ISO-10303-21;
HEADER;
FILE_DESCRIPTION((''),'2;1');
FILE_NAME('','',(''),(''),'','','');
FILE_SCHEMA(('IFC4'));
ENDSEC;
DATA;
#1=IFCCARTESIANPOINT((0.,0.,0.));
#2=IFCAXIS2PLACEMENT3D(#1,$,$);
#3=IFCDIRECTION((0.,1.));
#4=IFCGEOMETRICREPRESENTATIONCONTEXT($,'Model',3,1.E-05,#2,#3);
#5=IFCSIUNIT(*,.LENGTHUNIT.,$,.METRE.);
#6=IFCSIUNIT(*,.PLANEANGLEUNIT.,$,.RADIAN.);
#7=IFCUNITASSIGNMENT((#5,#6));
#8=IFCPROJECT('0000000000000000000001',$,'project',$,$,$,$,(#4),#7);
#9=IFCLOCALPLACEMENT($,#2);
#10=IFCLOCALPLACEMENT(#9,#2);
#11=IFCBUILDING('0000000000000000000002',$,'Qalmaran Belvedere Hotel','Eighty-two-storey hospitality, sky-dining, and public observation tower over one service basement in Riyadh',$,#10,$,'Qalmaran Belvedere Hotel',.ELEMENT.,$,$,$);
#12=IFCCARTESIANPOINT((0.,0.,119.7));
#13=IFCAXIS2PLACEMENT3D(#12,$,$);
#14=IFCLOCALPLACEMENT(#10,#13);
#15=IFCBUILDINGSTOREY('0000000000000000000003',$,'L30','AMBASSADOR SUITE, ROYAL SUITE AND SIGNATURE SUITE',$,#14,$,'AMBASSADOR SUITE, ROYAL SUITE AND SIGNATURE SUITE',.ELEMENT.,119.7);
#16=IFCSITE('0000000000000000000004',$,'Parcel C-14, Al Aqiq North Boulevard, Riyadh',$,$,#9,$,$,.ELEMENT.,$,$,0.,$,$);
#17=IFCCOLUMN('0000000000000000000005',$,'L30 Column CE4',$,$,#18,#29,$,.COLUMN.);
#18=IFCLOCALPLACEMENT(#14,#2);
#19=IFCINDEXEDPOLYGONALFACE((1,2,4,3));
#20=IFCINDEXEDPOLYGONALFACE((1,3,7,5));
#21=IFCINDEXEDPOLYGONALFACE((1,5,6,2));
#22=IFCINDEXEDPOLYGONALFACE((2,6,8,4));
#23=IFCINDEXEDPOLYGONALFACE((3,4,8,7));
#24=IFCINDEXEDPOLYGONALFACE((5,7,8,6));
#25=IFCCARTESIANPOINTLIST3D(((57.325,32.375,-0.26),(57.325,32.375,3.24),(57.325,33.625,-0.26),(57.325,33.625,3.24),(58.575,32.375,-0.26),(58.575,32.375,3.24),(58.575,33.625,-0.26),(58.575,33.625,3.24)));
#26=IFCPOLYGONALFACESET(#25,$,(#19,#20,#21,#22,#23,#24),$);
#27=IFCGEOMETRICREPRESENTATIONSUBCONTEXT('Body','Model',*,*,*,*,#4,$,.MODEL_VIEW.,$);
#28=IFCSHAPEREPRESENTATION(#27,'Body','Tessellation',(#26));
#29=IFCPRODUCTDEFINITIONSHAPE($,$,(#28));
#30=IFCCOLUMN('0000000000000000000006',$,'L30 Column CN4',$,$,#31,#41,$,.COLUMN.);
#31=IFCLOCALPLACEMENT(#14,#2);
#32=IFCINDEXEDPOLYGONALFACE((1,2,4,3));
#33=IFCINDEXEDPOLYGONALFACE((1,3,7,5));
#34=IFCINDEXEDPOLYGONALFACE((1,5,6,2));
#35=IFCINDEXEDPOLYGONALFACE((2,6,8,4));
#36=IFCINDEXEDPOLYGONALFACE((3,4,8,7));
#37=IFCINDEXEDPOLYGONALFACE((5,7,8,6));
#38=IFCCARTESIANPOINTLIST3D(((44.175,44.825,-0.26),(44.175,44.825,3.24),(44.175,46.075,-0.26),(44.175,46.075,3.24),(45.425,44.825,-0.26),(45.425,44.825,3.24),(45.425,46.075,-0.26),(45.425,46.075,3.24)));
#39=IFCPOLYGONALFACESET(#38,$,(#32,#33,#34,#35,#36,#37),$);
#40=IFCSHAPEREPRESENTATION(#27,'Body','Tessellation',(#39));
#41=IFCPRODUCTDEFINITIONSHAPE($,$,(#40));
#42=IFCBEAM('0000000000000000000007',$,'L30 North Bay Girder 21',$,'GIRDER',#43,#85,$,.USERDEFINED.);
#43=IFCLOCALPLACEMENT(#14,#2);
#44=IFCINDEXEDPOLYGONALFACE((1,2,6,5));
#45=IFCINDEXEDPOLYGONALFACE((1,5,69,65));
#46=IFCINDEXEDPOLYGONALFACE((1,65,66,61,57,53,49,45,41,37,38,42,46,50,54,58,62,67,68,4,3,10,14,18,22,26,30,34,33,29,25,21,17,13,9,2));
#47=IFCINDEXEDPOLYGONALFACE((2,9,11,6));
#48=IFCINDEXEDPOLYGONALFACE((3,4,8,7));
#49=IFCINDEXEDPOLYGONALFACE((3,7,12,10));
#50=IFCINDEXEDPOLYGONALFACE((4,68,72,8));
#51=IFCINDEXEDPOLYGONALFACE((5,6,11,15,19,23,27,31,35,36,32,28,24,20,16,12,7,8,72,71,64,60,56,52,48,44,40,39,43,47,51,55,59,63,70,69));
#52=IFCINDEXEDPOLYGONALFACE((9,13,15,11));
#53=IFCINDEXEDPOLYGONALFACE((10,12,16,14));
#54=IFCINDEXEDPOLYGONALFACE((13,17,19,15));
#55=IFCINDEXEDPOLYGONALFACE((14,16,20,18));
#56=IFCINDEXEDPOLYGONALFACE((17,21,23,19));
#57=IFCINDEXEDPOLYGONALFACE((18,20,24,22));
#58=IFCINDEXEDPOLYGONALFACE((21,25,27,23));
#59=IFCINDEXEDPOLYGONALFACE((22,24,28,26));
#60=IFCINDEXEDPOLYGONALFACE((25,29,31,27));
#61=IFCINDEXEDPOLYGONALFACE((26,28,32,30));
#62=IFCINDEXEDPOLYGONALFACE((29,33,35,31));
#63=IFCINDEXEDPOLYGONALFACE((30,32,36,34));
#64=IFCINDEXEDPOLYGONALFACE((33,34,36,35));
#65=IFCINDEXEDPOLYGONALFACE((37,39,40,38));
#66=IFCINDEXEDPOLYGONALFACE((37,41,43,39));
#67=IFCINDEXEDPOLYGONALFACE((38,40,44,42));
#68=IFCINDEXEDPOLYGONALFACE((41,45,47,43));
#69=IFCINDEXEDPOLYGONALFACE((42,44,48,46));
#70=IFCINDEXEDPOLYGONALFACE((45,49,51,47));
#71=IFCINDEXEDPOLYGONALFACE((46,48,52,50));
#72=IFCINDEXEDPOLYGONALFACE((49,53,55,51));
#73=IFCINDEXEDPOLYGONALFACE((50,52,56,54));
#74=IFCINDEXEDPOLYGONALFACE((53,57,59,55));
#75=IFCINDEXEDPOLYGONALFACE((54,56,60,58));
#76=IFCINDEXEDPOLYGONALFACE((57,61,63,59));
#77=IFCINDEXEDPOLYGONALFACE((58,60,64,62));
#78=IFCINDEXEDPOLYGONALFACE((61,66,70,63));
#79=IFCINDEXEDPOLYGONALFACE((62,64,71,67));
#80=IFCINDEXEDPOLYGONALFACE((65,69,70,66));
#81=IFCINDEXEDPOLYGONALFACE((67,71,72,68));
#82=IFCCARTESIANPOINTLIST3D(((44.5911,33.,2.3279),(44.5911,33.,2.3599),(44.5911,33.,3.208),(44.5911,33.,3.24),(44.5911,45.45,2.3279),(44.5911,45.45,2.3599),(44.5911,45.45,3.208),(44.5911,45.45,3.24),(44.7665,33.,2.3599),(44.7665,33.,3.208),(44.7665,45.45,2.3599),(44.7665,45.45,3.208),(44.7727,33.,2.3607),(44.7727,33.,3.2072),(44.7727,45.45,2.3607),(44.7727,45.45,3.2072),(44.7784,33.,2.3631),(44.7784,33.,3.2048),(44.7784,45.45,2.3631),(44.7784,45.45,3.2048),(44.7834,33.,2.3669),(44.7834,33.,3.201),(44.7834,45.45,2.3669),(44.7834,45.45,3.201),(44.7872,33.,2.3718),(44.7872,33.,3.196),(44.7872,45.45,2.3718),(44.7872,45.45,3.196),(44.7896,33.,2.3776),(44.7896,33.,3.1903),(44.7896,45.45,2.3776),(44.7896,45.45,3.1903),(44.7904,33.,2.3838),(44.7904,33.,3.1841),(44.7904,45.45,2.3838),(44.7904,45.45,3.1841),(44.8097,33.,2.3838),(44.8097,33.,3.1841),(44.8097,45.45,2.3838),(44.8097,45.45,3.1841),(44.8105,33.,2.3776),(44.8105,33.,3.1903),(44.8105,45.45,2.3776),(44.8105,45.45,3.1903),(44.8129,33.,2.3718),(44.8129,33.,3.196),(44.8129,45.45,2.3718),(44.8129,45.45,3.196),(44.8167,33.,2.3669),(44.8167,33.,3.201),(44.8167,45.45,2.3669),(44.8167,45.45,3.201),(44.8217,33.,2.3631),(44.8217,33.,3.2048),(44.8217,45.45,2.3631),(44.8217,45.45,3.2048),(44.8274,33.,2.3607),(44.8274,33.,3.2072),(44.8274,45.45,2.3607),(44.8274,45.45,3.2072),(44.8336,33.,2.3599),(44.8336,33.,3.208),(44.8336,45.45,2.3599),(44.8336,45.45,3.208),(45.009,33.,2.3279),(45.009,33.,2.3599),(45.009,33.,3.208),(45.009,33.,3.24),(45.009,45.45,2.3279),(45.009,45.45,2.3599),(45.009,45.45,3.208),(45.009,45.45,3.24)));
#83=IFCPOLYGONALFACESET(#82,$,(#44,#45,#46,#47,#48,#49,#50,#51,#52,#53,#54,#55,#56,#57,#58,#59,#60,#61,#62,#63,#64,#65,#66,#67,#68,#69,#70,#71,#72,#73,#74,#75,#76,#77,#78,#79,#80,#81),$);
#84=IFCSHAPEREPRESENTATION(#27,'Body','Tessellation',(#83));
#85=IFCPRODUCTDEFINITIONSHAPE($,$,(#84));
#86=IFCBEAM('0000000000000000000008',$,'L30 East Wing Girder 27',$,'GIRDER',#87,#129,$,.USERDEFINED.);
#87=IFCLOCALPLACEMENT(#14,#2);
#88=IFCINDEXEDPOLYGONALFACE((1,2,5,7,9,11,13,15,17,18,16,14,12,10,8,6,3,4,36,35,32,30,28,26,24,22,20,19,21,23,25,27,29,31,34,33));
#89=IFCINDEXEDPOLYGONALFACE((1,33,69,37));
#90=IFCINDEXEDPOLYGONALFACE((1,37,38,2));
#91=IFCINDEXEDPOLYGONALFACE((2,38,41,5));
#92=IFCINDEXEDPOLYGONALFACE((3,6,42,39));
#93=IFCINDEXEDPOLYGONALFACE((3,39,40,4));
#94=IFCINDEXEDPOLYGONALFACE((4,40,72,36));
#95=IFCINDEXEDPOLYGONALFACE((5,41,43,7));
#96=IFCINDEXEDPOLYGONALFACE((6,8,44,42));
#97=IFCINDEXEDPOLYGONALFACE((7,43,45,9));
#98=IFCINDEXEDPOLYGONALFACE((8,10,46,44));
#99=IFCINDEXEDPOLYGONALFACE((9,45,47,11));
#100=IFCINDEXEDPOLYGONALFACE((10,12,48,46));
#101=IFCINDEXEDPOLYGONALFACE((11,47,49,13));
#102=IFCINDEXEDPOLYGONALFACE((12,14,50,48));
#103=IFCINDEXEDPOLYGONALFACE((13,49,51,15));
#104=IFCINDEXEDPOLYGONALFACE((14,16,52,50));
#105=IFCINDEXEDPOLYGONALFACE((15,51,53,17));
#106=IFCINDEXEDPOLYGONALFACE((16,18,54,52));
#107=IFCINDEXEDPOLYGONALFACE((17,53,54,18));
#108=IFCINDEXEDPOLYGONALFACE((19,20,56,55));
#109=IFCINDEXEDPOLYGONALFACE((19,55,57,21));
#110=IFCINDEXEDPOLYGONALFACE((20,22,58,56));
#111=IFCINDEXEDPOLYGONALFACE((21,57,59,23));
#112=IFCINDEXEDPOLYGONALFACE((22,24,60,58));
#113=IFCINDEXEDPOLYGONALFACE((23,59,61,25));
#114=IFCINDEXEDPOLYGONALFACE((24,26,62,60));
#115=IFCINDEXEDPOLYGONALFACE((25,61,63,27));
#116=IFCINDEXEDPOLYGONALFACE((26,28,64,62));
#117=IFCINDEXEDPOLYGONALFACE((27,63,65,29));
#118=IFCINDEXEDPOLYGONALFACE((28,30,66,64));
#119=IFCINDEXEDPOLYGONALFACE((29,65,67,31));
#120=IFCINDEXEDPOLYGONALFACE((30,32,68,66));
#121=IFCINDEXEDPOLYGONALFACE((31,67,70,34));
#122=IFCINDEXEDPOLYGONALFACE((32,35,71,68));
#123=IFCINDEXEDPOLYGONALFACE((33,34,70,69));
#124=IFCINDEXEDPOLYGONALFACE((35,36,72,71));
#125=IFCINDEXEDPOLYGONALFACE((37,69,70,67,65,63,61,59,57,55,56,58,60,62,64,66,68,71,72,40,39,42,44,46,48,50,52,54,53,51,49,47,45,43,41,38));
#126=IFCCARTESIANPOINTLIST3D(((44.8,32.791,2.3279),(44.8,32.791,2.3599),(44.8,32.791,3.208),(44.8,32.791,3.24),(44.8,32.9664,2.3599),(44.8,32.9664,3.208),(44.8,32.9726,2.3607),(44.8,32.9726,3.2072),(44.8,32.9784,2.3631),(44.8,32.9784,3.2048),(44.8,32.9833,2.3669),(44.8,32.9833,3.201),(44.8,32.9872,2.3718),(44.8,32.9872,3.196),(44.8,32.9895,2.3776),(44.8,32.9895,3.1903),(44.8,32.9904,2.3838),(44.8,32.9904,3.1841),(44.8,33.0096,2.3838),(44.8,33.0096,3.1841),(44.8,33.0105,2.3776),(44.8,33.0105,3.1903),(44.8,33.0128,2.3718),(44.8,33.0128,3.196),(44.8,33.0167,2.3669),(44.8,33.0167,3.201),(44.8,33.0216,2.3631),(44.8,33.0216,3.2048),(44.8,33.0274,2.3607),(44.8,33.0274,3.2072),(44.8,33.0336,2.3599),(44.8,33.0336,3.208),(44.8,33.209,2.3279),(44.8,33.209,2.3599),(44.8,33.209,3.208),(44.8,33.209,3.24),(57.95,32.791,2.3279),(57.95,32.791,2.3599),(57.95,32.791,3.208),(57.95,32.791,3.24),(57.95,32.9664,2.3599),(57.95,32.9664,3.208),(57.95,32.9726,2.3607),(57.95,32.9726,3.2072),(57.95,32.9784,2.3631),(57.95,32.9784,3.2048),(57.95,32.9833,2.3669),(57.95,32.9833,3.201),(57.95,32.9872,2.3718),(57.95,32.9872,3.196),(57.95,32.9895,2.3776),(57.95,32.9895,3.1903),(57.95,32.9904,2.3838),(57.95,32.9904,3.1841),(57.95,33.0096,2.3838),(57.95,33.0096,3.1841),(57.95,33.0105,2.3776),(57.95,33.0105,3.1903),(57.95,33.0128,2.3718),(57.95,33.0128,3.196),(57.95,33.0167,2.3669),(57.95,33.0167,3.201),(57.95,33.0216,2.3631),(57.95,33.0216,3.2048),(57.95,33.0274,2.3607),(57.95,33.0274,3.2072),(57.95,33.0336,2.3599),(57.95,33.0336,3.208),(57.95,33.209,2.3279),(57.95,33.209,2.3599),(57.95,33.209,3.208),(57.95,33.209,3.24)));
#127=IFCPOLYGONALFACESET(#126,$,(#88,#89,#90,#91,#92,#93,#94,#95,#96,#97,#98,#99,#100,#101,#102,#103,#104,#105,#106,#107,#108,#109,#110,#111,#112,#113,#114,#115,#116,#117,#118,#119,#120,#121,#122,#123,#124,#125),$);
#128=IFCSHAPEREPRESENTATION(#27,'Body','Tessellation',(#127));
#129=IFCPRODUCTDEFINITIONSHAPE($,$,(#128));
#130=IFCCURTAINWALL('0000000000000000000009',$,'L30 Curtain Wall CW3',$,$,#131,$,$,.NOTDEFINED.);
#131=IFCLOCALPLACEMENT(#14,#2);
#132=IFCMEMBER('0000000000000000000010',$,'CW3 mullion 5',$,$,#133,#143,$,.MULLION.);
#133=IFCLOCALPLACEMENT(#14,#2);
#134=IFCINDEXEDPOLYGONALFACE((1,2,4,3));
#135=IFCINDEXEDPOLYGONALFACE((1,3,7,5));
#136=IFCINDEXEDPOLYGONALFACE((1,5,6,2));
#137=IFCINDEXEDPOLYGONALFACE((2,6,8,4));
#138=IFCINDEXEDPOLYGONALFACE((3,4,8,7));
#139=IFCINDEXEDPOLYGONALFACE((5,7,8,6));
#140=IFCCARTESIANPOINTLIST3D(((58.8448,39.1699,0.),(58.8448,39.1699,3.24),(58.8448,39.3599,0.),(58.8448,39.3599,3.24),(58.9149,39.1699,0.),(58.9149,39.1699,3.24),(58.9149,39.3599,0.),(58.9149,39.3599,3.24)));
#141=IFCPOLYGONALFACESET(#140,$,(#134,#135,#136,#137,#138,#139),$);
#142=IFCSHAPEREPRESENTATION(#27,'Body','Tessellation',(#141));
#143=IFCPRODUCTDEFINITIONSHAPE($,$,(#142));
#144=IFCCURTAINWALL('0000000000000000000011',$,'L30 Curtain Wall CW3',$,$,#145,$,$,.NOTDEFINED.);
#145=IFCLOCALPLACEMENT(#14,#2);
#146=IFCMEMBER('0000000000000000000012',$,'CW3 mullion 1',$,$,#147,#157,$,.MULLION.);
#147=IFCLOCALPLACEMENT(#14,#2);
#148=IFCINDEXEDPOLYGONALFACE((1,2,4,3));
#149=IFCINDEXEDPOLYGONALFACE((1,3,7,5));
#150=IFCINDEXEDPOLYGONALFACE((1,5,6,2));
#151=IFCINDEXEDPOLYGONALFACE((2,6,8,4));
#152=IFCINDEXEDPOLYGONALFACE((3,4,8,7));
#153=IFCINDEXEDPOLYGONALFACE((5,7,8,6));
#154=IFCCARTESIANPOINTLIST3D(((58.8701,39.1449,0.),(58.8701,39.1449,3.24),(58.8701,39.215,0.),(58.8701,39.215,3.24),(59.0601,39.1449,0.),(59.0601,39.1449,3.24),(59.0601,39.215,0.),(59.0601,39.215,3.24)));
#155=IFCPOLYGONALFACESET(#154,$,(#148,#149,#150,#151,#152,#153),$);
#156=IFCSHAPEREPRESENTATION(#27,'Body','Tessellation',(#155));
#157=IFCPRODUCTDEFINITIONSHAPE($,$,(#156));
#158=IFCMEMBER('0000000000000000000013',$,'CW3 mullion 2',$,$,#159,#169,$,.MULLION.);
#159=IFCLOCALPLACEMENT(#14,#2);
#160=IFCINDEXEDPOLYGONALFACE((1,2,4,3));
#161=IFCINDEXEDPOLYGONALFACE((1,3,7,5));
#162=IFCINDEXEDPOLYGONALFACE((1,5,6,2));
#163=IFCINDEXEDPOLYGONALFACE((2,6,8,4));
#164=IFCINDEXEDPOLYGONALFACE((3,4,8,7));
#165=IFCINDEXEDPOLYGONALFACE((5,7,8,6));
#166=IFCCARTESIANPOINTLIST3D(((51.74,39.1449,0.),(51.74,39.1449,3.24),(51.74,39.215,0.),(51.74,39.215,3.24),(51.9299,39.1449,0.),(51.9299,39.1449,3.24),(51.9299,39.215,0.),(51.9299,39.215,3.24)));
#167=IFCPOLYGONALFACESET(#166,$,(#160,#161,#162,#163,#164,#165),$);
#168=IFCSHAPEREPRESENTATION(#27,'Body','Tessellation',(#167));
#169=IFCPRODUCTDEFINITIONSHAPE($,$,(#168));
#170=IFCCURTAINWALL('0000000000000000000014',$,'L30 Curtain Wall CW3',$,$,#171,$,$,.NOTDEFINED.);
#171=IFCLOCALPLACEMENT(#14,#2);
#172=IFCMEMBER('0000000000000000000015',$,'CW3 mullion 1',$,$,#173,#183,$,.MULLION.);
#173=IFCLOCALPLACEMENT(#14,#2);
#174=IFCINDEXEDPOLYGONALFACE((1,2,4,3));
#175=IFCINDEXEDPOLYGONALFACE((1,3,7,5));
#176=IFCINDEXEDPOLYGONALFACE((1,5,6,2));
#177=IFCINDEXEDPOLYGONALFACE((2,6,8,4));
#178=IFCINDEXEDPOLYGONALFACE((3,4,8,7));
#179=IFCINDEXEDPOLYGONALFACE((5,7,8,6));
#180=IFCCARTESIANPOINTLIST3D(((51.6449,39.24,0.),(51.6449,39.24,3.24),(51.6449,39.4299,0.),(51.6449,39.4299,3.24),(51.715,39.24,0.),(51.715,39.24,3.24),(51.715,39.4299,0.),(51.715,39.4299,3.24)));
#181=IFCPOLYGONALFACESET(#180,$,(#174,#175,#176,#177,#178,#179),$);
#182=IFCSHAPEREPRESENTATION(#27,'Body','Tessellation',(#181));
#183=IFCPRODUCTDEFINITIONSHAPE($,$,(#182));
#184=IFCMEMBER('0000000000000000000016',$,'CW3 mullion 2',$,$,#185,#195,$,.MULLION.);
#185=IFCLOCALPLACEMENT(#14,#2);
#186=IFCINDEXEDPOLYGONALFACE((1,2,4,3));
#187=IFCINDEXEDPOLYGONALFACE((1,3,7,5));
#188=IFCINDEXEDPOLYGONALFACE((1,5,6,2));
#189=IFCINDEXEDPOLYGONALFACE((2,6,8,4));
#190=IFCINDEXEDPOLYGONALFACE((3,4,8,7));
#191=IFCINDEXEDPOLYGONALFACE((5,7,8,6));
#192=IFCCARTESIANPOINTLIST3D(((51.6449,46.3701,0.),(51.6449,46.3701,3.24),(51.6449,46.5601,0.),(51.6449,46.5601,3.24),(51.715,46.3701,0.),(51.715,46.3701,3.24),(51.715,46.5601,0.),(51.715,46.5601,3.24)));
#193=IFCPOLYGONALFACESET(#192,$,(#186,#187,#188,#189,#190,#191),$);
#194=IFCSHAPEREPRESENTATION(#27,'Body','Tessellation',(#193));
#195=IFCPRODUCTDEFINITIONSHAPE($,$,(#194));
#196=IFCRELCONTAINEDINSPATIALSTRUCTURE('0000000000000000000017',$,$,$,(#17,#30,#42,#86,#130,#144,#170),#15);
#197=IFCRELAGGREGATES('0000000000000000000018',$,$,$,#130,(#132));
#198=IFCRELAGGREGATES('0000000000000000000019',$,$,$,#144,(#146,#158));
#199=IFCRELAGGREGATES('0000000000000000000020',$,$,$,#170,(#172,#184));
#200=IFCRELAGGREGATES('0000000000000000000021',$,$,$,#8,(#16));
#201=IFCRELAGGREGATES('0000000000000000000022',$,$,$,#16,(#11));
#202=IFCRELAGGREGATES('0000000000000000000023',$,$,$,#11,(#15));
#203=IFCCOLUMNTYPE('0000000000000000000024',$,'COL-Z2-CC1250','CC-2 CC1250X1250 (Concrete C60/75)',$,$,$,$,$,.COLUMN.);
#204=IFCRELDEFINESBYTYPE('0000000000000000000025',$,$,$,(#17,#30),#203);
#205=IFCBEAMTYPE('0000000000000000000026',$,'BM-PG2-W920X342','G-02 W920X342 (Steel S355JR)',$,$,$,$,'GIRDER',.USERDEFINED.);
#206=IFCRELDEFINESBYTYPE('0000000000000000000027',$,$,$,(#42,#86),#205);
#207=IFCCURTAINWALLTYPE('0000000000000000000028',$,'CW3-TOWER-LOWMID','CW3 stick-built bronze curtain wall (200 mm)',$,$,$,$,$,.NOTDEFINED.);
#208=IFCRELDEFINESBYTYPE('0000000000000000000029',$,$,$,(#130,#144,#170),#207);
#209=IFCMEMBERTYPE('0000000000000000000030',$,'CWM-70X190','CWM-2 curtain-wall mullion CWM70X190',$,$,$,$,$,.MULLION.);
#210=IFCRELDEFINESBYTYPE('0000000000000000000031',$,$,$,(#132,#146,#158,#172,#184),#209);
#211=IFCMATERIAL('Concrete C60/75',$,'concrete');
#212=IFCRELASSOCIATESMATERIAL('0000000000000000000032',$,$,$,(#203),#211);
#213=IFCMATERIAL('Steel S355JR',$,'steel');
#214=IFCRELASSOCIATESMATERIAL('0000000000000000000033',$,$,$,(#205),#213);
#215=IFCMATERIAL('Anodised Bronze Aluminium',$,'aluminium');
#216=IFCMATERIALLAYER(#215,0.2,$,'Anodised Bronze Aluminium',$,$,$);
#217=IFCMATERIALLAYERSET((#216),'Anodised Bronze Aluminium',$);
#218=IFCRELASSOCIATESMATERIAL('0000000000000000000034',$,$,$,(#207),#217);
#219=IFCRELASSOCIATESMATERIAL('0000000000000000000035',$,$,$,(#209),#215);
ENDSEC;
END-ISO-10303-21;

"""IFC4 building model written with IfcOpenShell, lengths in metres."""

from ifc_helpers import new_model, si_unit, direction, frame, origin, origin_2d, place, context, subcontext, project, spatial, rectangle, i_section, extrude, material, layer, layer_set, material_profile, profile_set, type_object, element, aggregate, save


model = new_model("IFC4")

# Units and contexts
model_context = context("Model", 3, precision=1e-05, world=origin(), true_north=direction((0.0, 1.0)))
body_context = subcontext(model_context, "Body", "Model", "MODEL_VIEW")
ifc_project = project(units=[si_unit("LENGTHUNIT", "METRE"), si_unit("PLANEANGLEUNIT", "RADIAN")], contexts=[model_context])

# Site, building, storey
site_placement = place(None, origin())
site = spatial("IfcSite", under=ifc_project, at=site_placement, Name="Parcel C-14, Al Aqiq North Boulevard, Riyadh", CompositionType="ELEMENT", RefElevation=0.0)
building_placement = place(site_placement, origin())
building = spatial("IfcBuilding", under=site, at=building_placement, Name="Qalmaran Belvedere Hotel", Description="Eighty-two-storey hospitality, sky-dining, and public observation tower over one service basement in Riyadh", LongName="Qalmaran Belvedere Hotel", CompositionType="ELEMENT")
storey_placement = place(building_placement, frame((0.0, 0.0, 119.7)))
storey = spatial("IfcBuildingStorey", under=building, at=storey_placement, Name="L30", Description="AMBASSADOR SUITE, ROYAL SUITE AND SIGNATURE SUITE", LongName="AMBASSADOR SUITE, ROYAL SUITE AND SIGNATURE SUITE", CompositionType="ELEMENT", Elevation=119.7)

# Columns
ifc_material_1 = material(Name="Concrete C60/75", Category="concrete")
ifc_material_profile_1 = material_profile(ifc_material_1, rectangle(XDim=1.25, YDim=1.25, at=origin_2d()), Name="CC1250X1250")
ifc_profile_set_1 = profile_set([ifc_material_profile_1], Name="Concrete C60/75")
column_type = type_object("IfcColumnType", Name="COL-Z2-CC1250", Description="CC-2 CC1250X1250 (Concrete C60/75)", PredefinedType="COLUMN", material=ifc_profile_set_1)
for number, where, z_axis, x_axis, name in (
    (1, (57.95, 33.0, -0.26), (0.0, 0.0, 1.0), (1.0, 0.0, 0.0), "L30 Column CE4"),
    (2, (44.8, 45.45, -0.26), (0.0, 0.0, 1.0), (1.0, 0.0, 0.0), "L30 Column CN4"),
):
    element("IfcColumn", number, at=place(storey_placement, frame(where, z_axis=z_axis, x_axis=x_axis)), inside=storey, type_object=column_type, Name=name, PredefinedType="COLUMN", context=body_context, shape_type="SweptSolid", body=[
        extrude(rectangle(XDim=1.25, YDim=1.25, at=origin_2d()), origin(), (0.0, 0.0, 1.0), 3.5),
    ])

# Beams
ifc_material_2 = material(Name="Steel S355JR", Category="steel")
ifc_material_profile_2 = material_profile(ifc_material_2, i_section(OverallWidth=0.418, OverallDepth=0.9121, WebThickness=0.0193, FlangeThickness=0.032, FilletRadius=0.0239, at=origin_2d()), Name="W920X342")
ifc_profile_set_2 = profile_set([ifc_material_profile_2], Name="Steel S355JR")
beam_type = type_object("IfcBeamType", Name="BM-PG2-W920X342", Description="G-02 W920X342 (Steel S355JR)", ElementType="GIRDER", PredefinedType="USERDEFINED", material=ifc_profile_set_2)
beam_1_placement = place(storey_placement, frame((44.8, 33.0, 2.7839), z_axis=(0.0, 1.0, 0.0), x_axis=(-1.0, 0.0, 0.0)))
element("IfcBeam", 3, at=beam_1_placement, inside=storey, type_object=beam_type, Name="L30 North Bay Girder 21", ObjectType="GIRDER", PredefinedType="USERDEFINED", context=body_context, shape_type="SweptSolid", body=[
    extrude(i_section(OverallWidth=0.418, OverallDepth=0.9121, WebThickness=0.0193, FlangeThickness=0.032, FilletRadius=0.0239, at=origin_2d()), origin(), (0.0, 0.0, 1.0), 12.45),
])
beam_2_placement = place(storey_placement, frame((44.8, 33.0, 2.7839), z_axis=(1.0, 0.0, 0.0), x_axis=(0.0, 1.0, 0.0)))
element("IfcBeam", 4, at=beam_2_placement, inside=storey, type_object=beam_type, Name="L30 East Wing Girder 27", ObjectType="GIRDER", PredefinedType="USERDEFINED", context=body_context, shape_type="SweptSolid", body=[
    extrude(i_section(OverallWidth=0.418, OverallDepth=0.9121, WebThickness=0.0193, FlangeThickness=0.032, FilletRadius=0.0239, at=origin_2d()), origin(), (0.0, 0.0, 1.0), 13.1499),
])

# Curtain wall, member
ifc_material_3 = material(Name="Anodised Bronze Aluminium", Category="aluminium")
ifc_layer_1 = layer(ifc_material_3, 0.2, Name="Anodised Bronze Aluminium")
ifc_layer_set_1 = layer_set([ifc_layer_1], Name="Anodised Bronze Aluminium")
curtain_wall_type = type_object("IfcCurtainWallType", Name="CW3-TOWER-LOWMID", Description="CW3 stick-built bronze curtain wall (200 mm)", PredefinedType="NOTDEFINED", material=ifc_layer_set_1)
curtain_wall_1_placement = place(storey_placement, origin())
curtain_wall_1 = element("IfcCurtainWall", 5, at=curtain_wall_1_placement, inside=storey, type_object=curtain_wall_type, Name="L30 Curtain Wall CW3", PredefinedType="NOTDEFINED")
ifc_material_profile_3 = material_profile(ifc_material_3, rectangle(XDim=0.0701, YDim=0.1899, at=origin_2d()), Name="CWM70X190")
ifc_profile_set_3 = profile_set([ifc_material_profile_3], Name="Anodised Bronze Aluminium")
member_type_1 = type_object("IfcMemberType", Name="CWM-70X190", Description="CWM-2 curtain-wall mullion CWM70X190", PredefinedType="MULLION", material=ifc_profile_set_3)
member_1_placement = place(storey_placement, frame((58.8799, 39.2649, 0.0), z_axis=(0.0, 0.0, 1.0), x_axis=(-1.0, 0.0, 0.0)))
member_1 = element("IfcMember", 6, at=member_1_placement, type_object=member_type_1, Name="CW3 mullion 5", PredefinedType="MULLION", context=body_context, shape_type="SweptSolid", body=[
    extrude(rectangle(XDim=0.0701, YDim=0.1899, at=origin_2d()), origin(), (0.0, 0.0, 1.0), 3.24),
])

# Curtain walls, members
curtain_wall_2_placement = place(storey_placement, origin())
curtain_wall_2 = element("IfcCurtainWall", 7, at=curtain_wall_2_placement, inside=storey, type_object=curtain_wall_type, Name="L30 Curtain Wall CW3", PredefinedType="NOTDEFINED")
member_2_placement = place(storey_placement, frame((58.9651, 39.1799, 0.0), z_axis=(0.0, 0.0, 1.0), x_axis=(0.0, -1.0, 0.0)))
member_2 = element("IfcMember", 8, at=member_2_placement, type_object=member_type_1, Name="CW3 mullion 1", PredefinedType="MULLION", context=body_context, shape_type="SweptSolid", body=[
    extrude(rectangle(XDim=0.0701, YDim=0.1899, at=origin_2d()), origin(), (0.0, 0.0, 1.0), 3.24),
])
member_3_placement = place(storey_placement, frame((51.835, 39.1799, 0.0), z_axis=(0.0, 0.0, 1.0), x_axis=(0.0, -1.0, 0.0)))
member_3 = element("IfcMember", 9, at=member_3_placement, type_object=member_type_1, Name="CW3 mullion 2", PredefinedType="MULLION", context=body_context, shape_type="SweptSolid", body=[
    extrude(rectangle(XDim=0.0701, YDim=0.1899, at=origin_2d()), origin(), (0.0, 0.0, 1.0), 3.24),
])
curtain_wall_3_placement = place(storey_placement, origin())
curtain_wall_3 = element("IfcCurtainWall", 10, at=curtain_wall_3_placement, inside=storey, type_object=curtain_wall_type, Name="L30 Curtain Wall CW3", PredefinedType="NOTDEFINED")
member_4_placement = place(storey_placement, frame((51.6799, 39.335, 0.0), z_axis=(0.0, 0.0, 1.0), x_axis=(-1.0, 0.0, 0.0)))
member_4 = element("IfcMember", 11, at=member_4_placement, type_object=member_type_1, Name="CW3 mullion 1", PredefinedType="MULLION", context=body_context, shape_type="SweptSolid", body=[
    extrude(rectangle(XDim=0.0701, YDim=0.1899, at=origin_2d()), origin(), (0.0, 0.0, 1.0), 3.24),
])
member_5_placement = place(storey_placement, frame((51.6799, 46.4651, 0.0), z_axis=(0.0, 0.0, 1.0), x_axis=(-1.0, 0.0, 0.0)))
member_5 = element("IfcMember", 12, at=member_5_placement, type_object=member_type_1, Name="CW3 mullion 2", PredefinedType="MULLION", context=body_context, shape_type="SweptSolid", body=[
    extrude(rectangle(XDim=0.0701, YDim=0.1899, at=origin_2d()), origin(), (0.0, 0.0, 1.0), 3.24),
])

aggregate(curtain_wall_1, [member_1])
aggregate(curtain_wall_2, [member_2, member_3])
aggregate(curtain_wall_3, [member_4, member_5])

save(model, "model.ifc")
